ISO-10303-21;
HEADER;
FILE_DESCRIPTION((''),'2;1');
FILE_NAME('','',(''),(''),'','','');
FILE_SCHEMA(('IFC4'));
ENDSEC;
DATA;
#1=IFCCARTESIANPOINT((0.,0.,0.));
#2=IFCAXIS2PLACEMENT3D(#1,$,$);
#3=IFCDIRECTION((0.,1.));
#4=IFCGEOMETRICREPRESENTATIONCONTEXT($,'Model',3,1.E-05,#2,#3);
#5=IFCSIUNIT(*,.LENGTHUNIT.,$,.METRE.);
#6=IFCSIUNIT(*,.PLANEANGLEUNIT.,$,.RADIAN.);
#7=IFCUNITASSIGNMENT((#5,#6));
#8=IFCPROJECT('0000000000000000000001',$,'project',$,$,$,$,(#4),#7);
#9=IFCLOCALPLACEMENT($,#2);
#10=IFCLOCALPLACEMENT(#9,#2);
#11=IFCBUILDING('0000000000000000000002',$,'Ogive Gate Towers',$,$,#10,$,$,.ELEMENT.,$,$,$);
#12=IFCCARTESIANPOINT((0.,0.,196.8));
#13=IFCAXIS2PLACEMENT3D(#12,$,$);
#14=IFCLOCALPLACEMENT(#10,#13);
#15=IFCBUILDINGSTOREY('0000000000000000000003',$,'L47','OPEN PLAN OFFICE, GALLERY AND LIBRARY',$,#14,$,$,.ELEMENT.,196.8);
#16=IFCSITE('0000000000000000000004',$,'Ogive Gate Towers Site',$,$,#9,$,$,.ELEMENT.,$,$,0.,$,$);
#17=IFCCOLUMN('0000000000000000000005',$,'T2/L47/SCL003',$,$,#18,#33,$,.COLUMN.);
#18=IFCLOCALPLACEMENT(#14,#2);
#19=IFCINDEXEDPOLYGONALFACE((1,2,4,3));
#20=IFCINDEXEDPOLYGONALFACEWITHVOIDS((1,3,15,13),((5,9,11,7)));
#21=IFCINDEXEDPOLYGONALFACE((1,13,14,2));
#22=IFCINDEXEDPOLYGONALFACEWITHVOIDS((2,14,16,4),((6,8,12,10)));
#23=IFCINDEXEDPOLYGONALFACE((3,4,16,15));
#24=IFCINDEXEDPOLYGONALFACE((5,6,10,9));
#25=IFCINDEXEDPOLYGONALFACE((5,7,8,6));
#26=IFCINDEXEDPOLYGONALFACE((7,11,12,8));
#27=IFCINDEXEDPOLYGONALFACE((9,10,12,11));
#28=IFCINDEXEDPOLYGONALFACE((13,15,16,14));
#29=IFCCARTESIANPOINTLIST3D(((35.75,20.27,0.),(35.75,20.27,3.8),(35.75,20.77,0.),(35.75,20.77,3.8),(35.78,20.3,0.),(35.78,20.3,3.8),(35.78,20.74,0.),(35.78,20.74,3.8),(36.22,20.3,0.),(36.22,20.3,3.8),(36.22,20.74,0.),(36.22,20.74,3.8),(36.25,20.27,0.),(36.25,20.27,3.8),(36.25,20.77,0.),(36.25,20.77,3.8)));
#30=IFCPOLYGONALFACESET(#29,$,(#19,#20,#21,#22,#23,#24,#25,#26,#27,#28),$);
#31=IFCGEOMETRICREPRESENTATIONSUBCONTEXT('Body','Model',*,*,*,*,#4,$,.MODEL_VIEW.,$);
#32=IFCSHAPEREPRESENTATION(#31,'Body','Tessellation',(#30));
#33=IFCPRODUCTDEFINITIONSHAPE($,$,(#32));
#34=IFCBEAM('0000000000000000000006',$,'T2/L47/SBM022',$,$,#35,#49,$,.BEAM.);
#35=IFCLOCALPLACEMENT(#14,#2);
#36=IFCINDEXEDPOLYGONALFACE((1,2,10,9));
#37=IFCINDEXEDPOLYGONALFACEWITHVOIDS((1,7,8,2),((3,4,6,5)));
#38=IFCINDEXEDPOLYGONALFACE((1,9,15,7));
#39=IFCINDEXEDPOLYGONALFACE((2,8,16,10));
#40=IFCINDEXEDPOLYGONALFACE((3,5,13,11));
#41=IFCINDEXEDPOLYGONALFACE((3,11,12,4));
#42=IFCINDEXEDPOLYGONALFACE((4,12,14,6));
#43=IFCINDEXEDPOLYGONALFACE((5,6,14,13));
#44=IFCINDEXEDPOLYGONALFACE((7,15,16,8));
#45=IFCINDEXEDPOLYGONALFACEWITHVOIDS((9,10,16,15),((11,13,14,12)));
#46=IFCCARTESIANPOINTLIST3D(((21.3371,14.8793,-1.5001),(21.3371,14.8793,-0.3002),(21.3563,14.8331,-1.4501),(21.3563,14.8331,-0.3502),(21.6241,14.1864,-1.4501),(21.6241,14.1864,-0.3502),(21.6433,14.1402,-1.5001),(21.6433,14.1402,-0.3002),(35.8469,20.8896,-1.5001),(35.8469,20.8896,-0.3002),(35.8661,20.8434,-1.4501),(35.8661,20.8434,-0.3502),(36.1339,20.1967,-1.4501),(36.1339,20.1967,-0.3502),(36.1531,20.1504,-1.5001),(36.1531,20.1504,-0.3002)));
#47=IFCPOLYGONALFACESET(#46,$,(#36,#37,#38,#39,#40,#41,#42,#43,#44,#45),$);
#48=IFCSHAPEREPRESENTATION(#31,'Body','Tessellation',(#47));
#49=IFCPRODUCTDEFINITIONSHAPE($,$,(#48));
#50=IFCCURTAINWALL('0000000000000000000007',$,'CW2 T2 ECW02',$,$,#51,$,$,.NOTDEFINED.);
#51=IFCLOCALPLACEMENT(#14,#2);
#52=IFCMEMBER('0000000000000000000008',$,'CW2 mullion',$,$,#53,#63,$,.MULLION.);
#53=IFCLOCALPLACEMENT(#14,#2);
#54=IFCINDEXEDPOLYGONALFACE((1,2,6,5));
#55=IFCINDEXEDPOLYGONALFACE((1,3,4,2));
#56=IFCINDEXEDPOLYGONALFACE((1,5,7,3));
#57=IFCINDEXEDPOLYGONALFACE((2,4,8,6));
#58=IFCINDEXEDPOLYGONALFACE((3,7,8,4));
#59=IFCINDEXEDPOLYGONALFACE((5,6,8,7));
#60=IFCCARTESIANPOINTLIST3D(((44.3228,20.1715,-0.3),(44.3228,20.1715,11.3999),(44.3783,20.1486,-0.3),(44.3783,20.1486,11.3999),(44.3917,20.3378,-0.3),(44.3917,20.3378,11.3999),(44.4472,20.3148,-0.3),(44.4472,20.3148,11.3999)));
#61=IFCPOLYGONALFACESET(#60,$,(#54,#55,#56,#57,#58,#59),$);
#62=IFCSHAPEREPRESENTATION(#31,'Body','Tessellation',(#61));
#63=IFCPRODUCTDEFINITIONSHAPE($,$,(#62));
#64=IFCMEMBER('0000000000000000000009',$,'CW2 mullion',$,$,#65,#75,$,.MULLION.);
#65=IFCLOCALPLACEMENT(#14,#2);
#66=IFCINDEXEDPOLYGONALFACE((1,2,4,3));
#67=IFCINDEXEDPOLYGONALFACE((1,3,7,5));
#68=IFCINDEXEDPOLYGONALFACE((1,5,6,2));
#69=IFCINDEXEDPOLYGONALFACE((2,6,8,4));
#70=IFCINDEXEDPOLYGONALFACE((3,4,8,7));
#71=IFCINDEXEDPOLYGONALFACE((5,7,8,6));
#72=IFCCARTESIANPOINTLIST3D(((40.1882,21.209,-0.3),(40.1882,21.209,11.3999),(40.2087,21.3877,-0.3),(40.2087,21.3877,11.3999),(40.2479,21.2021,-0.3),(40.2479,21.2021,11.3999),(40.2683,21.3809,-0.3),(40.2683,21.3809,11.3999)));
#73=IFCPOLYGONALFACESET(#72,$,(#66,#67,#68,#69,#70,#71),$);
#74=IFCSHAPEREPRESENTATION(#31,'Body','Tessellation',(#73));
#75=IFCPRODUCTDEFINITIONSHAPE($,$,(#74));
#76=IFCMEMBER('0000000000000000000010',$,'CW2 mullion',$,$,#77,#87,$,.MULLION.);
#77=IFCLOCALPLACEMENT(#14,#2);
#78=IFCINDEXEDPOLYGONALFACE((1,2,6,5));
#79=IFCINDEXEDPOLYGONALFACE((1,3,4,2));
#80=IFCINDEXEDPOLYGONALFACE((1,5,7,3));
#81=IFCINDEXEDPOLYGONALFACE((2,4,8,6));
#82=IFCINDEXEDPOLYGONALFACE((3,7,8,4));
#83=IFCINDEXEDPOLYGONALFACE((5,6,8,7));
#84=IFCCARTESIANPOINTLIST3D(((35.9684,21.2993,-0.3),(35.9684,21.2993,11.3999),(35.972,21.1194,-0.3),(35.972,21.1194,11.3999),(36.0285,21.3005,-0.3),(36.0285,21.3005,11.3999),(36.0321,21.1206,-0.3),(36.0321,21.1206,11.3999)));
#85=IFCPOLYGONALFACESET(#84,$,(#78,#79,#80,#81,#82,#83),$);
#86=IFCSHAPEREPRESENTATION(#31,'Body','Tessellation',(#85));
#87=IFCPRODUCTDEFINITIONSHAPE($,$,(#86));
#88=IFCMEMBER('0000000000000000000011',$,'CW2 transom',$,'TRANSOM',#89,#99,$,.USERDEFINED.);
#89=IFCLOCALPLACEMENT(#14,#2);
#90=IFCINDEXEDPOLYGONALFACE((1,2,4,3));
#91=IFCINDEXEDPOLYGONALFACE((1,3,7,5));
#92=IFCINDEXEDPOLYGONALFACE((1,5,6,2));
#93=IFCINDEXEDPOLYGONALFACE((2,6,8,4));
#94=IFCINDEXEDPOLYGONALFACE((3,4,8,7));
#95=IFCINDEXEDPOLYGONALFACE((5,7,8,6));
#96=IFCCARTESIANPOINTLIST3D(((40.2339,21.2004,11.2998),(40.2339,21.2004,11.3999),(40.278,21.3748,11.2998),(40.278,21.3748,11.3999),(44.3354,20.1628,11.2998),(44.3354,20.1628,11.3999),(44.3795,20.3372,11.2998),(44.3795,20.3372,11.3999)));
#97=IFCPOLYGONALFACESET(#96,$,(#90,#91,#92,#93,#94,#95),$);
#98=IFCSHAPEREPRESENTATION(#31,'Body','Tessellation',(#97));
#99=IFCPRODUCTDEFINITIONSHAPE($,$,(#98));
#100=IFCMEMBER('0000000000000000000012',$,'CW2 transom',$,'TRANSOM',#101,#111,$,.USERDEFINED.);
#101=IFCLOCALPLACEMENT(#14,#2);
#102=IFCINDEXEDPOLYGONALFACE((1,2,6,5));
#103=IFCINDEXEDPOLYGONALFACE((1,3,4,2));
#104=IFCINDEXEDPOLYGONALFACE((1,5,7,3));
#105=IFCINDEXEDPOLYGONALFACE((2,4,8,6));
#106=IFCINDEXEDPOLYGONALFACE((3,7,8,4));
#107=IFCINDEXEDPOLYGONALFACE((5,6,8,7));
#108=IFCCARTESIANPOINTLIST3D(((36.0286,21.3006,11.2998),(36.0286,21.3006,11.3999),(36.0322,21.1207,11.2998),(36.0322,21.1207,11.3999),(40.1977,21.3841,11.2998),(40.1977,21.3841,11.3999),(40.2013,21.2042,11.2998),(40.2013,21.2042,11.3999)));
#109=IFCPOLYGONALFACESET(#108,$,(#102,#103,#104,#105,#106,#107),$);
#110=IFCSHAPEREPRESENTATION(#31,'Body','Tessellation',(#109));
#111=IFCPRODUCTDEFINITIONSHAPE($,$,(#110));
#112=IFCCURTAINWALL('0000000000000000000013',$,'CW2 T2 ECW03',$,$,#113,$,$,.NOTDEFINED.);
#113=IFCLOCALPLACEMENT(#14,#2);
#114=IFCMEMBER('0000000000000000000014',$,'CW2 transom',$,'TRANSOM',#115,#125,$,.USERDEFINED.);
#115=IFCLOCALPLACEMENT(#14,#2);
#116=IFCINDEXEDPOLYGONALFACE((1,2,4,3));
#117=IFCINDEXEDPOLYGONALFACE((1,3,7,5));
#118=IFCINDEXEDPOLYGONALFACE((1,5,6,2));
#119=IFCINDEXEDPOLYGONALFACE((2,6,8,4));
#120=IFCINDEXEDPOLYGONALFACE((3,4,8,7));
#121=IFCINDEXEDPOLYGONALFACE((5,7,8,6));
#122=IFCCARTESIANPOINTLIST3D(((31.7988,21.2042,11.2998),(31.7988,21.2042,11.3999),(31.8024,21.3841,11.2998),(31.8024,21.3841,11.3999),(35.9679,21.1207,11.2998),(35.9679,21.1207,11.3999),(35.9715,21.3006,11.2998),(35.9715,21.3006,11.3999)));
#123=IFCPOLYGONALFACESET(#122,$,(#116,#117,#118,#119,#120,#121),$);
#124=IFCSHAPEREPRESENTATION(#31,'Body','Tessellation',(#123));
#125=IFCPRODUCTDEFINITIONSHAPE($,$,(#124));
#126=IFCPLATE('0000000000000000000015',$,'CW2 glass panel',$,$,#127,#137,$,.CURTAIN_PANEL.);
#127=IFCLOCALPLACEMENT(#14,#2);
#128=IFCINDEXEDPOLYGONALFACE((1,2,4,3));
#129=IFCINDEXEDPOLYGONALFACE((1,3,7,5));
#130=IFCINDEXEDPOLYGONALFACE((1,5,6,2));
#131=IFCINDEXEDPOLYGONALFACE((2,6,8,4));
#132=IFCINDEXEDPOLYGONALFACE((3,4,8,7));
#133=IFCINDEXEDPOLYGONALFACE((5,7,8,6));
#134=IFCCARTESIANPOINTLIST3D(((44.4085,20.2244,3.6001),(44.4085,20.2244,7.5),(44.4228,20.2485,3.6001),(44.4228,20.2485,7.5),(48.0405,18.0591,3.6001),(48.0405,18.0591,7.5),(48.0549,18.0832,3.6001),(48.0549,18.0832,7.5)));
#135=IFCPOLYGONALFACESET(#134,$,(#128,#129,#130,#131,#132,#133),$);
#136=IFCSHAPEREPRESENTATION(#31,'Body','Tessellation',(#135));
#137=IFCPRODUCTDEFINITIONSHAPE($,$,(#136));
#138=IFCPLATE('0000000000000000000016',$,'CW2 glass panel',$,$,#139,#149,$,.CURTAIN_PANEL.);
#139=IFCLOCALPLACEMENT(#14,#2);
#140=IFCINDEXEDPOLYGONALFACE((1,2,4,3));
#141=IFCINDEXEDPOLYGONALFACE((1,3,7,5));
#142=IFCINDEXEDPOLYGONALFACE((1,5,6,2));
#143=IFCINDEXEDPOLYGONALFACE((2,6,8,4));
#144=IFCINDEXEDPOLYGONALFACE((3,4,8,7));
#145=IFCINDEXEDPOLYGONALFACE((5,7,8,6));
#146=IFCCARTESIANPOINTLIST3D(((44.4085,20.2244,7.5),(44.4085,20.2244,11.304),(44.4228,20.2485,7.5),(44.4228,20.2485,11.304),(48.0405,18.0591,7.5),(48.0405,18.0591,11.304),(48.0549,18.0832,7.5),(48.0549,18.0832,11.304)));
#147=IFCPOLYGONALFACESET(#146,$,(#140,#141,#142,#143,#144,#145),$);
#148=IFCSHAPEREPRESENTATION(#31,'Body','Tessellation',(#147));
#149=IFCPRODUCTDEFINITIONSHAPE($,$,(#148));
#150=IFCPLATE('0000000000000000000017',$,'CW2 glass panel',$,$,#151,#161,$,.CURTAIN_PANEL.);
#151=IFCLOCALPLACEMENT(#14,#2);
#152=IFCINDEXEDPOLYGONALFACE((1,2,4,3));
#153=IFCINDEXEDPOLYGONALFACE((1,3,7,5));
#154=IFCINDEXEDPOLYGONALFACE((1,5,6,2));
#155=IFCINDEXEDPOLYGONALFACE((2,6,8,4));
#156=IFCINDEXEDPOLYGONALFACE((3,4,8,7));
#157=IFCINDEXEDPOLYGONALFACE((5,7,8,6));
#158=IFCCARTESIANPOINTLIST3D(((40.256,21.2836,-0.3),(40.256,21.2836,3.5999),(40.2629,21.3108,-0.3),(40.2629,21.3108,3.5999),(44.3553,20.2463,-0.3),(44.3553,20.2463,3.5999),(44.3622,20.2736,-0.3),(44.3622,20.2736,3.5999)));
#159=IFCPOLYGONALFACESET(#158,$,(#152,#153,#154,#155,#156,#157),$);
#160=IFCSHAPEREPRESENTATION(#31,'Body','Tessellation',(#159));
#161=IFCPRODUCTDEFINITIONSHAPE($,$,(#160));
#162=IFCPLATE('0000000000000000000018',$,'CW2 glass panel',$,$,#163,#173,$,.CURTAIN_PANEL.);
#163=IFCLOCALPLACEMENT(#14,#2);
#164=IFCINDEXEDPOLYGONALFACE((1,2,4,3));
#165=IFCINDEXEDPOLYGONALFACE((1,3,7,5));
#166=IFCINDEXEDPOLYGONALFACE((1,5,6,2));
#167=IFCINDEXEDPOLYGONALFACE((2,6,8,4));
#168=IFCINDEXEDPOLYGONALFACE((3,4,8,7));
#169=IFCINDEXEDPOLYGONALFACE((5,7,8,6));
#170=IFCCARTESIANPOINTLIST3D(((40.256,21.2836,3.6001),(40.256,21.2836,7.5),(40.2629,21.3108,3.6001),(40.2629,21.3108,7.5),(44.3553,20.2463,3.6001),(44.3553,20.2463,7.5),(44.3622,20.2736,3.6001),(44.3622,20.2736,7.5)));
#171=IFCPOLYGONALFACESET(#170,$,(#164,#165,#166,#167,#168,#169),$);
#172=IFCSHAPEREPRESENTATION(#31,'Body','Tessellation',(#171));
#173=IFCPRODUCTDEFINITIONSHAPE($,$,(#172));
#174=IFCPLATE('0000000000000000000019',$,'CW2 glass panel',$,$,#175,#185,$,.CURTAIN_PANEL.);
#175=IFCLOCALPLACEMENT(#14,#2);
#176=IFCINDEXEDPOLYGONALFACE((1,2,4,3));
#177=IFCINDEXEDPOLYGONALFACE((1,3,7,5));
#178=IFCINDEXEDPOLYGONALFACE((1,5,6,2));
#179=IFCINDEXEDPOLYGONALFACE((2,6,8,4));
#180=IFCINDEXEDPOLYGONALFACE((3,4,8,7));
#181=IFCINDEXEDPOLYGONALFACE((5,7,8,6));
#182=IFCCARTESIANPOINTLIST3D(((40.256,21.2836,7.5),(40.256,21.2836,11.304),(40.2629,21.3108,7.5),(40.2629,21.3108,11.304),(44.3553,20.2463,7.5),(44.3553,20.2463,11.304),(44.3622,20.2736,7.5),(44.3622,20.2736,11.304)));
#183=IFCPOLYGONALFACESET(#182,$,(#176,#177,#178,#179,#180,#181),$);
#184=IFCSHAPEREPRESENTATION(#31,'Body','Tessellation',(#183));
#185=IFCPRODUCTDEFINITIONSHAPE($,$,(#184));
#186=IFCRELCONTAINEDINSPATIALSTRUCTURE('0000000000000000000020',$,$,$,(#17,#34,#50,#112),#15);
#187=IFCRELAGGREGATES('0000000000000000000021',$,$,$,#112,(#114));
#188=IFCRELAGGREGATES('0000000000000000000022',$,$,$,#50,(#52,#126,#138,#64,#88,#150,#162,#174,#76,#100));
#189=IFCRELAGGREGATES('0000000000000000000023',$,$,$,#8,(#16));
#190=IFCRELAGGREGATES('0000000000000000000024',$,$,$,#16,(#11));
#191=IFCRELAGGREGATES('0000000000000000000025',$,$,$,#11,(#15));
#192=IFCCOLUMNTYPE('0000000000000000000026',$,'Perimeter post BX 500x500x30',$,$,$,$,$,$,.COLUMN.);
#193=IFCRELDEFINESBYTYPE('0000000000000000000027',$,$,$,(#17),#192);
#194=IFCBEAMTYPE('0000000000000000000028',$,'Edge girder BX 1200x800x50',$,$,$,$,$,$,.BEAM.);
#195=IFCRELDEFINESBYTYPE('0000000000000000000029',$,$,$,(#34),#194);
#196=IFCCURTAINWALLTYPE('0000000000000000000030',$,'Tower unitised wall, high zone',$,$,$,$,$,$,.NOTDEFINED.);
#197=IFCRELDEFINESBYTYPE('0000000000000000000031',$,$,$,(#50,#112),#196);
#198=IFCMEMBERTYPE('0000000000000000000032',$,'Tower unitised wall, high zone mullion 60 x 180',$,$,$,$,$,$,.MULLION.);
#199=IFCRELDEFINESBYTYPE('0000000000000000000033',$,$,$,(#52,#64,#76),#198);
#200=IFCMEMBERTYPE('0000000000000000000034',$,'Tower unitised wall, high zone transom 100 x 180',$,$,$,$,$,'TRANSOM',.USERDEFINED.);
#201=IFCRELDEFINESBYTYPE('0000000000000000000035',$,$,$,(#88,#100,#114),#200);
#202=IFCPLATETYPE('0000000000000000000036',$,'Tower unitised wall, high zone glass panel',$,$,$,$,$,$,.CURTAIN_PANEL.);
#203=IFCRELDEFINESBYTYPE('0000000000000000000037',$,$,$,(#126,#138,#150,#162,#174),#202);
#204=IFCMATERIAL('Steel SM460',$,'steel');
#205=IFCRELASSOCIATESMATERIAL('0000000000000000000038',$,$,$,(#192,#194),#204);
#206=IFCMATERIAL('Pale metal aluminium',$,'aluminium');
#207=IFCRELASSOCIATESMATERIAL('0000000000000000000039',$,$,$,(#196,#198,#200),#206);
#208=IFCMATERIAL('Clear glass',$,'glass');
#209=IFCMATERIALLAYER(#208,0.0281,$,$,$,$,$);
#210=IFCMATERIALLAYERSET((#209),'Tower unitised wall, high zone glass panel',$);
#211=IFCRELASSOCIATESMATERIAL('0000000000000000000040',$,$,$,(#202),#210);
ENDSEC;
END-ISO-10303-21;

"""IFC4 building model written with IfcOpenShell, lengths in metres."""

from ifc_helpers import new_model, si_unit, direction, frame, origin, origin_2d, place, context, subcontext, project, spatial, rectangle, hollow_rectangle, extrude, material, layer, layer_set, material_profile, profile_set, type_object, element, aggregate, save


model = new_model("IFC4")

# Units and contexts
model_context = context("Model", 3, precision=1e-05, world=origin(), true_north=direction((0.0, 1.0)))
body_context = subcontext(model_context, "Body", "Model", "MODEL_VIEW")
ifc_project = project(units=[si_unit("LENGTHUNIT", "METRE"), si_unit("PLANEANGLEUNIT", "RADIAN")], contexts=[model_context])

# Site, building, storey
site_placement = place(None, origin())
site = spatial("IfcSite", under=ifc_project, at=site_placement, Name="Ogive Gate Towers Site", CompositionType="ELEMENT", RefElevation=0.0)
building_placement = place(site_placement, origin())
building = spatial("IfcBuilding", under=site, at=building_placement, Name="Ogive Gate Towers", CompositionType="ELEMENT")
storey_placement = place(building_placement, frame((0.0, 0.0, 196.8)))
storey = spatial("IfcBuildingStorey", under=building, at=storey_placement, Name="L47", Description="OPEN PLAN OFFICE, GALLERY AND LIBRARY", CompositionType="ELEMENT", Elevation=196.8)

# Column
ifc_material_1 = material(Name="Steel SM460", Category="steel")
ifc_material_profile_1 = material_profile(ifc_material_1, hollow_rectangle(XDim=0.5, YDim=0.5, WallThickness=0.03, at=origin_2d()), Name="BX 500x500x30")
ifc_profile_set_1 = profile_set([ifc_material_profile_1], Name="Steel SM460")
column_type = type_object("IfcColumnType", Name="Perimeter post BX 500x500x30", PredefinedType="COLUMN", material=ifc_profile_set_1)
column_placement = place(storey_placement, frame((36.0, 20.52, 0.0), z_axis=(0.0, 0.0, 1.0), x_axis=(1.0, 0.0, 0.0)))
element("IfcColumn", 1, at=column_placement, inside=storey, type_object=column_type, Name="T2/L47/SCL003", PredefinedType="COLUMN", context=body_context, shape_type="SweptSolid", body=[
    extrude(hollow_rectangle(XDim=0.5, YDim=0.5, WallThickness=0.03, at=origin_2d()), origin(), (0.0, 0.0, 1.0), 3.8),
])

# Beam
ifc_material_profile_2 = material_profile(ifc_material_1, hollow_rectangle(XDim=0.8, YDim=1.2, WallThickness=0.05, at=origin_2d()), Name="BX 1200x800x50")
ifc_profile_set_2 = profile_set([ifc_material_profile_2], Name="Steel SM460")
beam_type = type_object("IfcBeamType", Name="Edge girder BX 1200x800x50", PredefinedType="BEAM", material=ifc_profile_set_2)
beam_placement = place(storey_placement, frame((36.0, 20.52, -0.9001), z_axis=(-0.923877, -0.38269, 0.0), x_axis=(0.38269, -0.923877, 0.0)))
element("IfcBeam", 2, at=beam_placement, inside=storey, type_object=beam_type, Name="T2/L47/SBM022", PredefinedType="BEAM", context=body_context, shape_type="SweptSolid", body=[
    extrude(hollow_rectangle(XDim=0.8, YDim=1.2, WallThickness=0.05, at=origin_2d()), origin(), (0.0, 0.0, 1.0), 15.7053),
])

# Curtain wall, members
ifc_material_2 = material(Name="Pale metal aluminium", Category="aluminium")
curtain_wall_type = type_object("IfcCurtainWallType", Name="Tower unitised wall, high zone", PredefinedType="NOTDEFINED", material=ifc_material_2)
curtain_wall_1_placement = place(storey_placement, origin())
curtain_wall_1 = element("IfcCurtainWall", 3, at=curtain_wall_1_placement, inside=storey, type_object=curtain_wall_type, Name="CW2 T2 ECW02", PredefinedType="NOTDEFINED")
ifc_material_profile_3 = material_profile(ifc_material_2, rectangle(XDim=0.1799, YDim=0.0601, at=origin_2d()), Name="60 x 180 aluminium box")
ifc_profile_set_3 = profile_set([ifc_material_profile_3], Name="Pale metal aluminium")
member_type_1 = type_object("IfcMemberType", Name="Tower unitised wall, high zone mullion 60 x 180", PredefinedType="MULLION", material=ifc_profile_set_3)
member_1_placement = place(storey_placement, frame((44.385, 20.2432, -0.3), z_axis=(0.0, 0.0, 1.0), x_axis=(0.382683, 0.92388, 0.0)))
member_1 = element("IfcMember", 4, at=member_1_placement, type_object=member_type_1, Name="CW2 mullion", PredefinedType="MULLION", context=body_context, shape_type="SweptSolid", body=[
    extrude(rectangle(XDim=0.1799, YDim=0.0601, at=origin_2d()), origin(), (0.0, 0.0, 1.0), 11.7),
])
member_2_placement = place(storey_placement, frame((40.2283, 21.2949, -0.3), z_axis=(0.0, 0.0, 1.0), x_axis=(0.113637, 0.993522, 0.0)))
member_2 = element("IfcMember", 5, at=member_2_placement, type_object=member_type_1, Name="CW2 mullion", PredefinedType="MULLION", context=body_context, shape_type="SweptSolid", body=[
    extrude(rectangle(XDim=0.1799, YDim=0.0601, at=origin_2d()), origin(), (0.0, 0.0, 1.0), 11.7),
])
member_3_placement = place(storey_placement, frame((36.0002, 21.21, -0.3), z_axis=(0.0, 0.0, 1.0), x_axis=(-0.020052, 0.999799, 0.0)))
member_3 = element("IfcMember", 6, at=member_3_placement, type_object=member_type_1, Name="CW2 mullion", PredefinedType="MULLION", context=body_context, shape_type="SweptSolid", body=[
    extrude(rectangle(XDim=0.1799, YDim=0.0601, at=origin_2d()), origin(), (0.0, 0.0, 1.0), 11.7),
])
ifc_material_profile_4 = material_profile(ifc_material_2, rectangle(XDim=0.1799, YDim=0.1001, at=origin_2d()), Name="100 x 180 aluminium box")
ifc_profile_set_4 = profile_set([ifc_material_profile_4], Name="Pale metal aluminium")
member_type_2 = type_object("IfcMemberType", Name="Tower unitised wall, high zone transom 100 x 180", ElementType="TRANSOM", PredefinedType="USERDEFINED", material=ifc_profile_set_4)
member_4_placement = place(storey_placement, frame((44.3574, 20.25, 11.3499), z_axis=(-0.96946, 0.24525, 0.0), x_axis=(-0.24525, -0.96946, 0.0)))
member_4 = element("IfcMember", 7, at=member_4_placement, type_object=member_type_2, Name="CW2 transom", ObjectType="TRANSOM", PredefinedType="USERDEFINED", context=body_context, shape_type="SweptSolid", body=[
    extrude(rectangle(XDim=0.1799, YDim=0.1001, at=origin_2d()), origin(), (0.0, 0.0, 1.0), 4.2307),
])
member_5_placement = place(storey_placement, frame((40.1995, 21.2942, 11.3499), z_axis=(-0.9998, -0.020023, 0.0), x_axis=(0.020023, -0.9998, 0.0)))
member_5 = element("IfcMember", 8, at=member_5_placement, type_object=member_type_2, Name="CW2 transom", ObjectType="TRANSOM", PredefinedType="USERDEFINED", context=body_context, shape_type="SweptSolid", body=[
    extrude(rectangle(XDim=0.1799, YDim=0.1001, at=origin_2d()), origin(), (0.0, 0.0, 1.0), 4.1699),
])

# Curtain wall, member
curtain_wall_2_placement = place(storey_placement, origin())
curtain_wall_2 = element("IfcCurtainWall", 9, at=curtain_wall_2_placement, inside=storey, type_object=curtain_wall_type, Name="CW2 T2 ECW03", PredefinedType="NOTDEFINED")
member_6_placement = place(storey_placement, frame((35.9697, 21.2107, 11.3499), z_axis=(-0.9998, 0.020023, 0.0), x_axis=(-0.020023, -0.9998, 0.0)))
member_6 = element("IfcMember", 10, at=member_6_placement, type_object=member_type_2, Name="CW2 transom", ObjectType="TRANSOM", PredefinedType="USERDEFINED", context=body_context, shape_type="SweptSolid", body=[
    extrude(rectangle(XDim=0.1799, YDim=0.1001, at=origin_2d()), origin(), (0.0, 0.0, 1.0), 4.1699),
])
aggregate(curtain_wall_2, [member_6])

# Plates
ifc_material_3 = material(Name="Clear glass", Category="glass")
ifc_layer_1 = layer(ifc_material_3, 0.0281)
ifc_layer_set_1 = layer_set([ifc_layer_1], Name="Tower unitised wall, high zone glass panel")
plate_type = type_object("IfcPlateType", Name="Tower unitised wall, high zone glass panel", PredefinedType="CURTAIN_PANEL", material=ifc_layer_set_1)
plate_1_placement = place(storey_placement, frame((46.2317, 19.1538, 3.6001), z_axis=(0.0, 0.0, 1.0), x_axis=(-0.858951, 0.512058, 0.0)))
plate_1 = element("IfcPlate", 11, at=plate_1_placement, type_object=plate_type, Name="CW2 glass panel", PredefinedType="CURTAIN_PANEL", context=body_context, shape_type="SweptSolid", body=[
    extrude(rectangle(XDim=4.2285, YDim=0.0281, at=origin_2d()), origin(), (0.0, 0.0, 1.0), 3.8999),
])
plate_2_placement = place(storey_placement, frame((46.2317, 19.1538, 7.5), z_axis=(0.0, 0.0, 1.0), x_axis=(-0.858951, 0.512058, 0.0)))
plate_2 = element("IfcPlate", 12, at=plate_2_placement, type_object=plate_type, Name="CW2 glass panel", PredefinedType="CURTAIN_PANEL", context=body_context, shape_type="SweptSolid", body=[
    extrude(rectangle(XDim=4.2285, YDim=0.0281, at=origin_2d()), origin(), (0.0, 0.0, 1.0), 3.804),
])
plate_3_placement = place(storey_placement, frame((42.3091, 20.7786, -0.3), z_axis=(0.0, 0.0, 1.0), x_axis=(-0.96945, 0.24529, 0.0)))
plate_3 = element("IfcPlate", 13, at=plate_3_placement, type_object=plate_type, Name="CW2 glass panel", PredefinedType="CURTAIN_PANEL", context=body_context, shape_type="SweptSolid", body=[
    extrude(rectangle(XDim=4.2285, YDim=0.0281, at=origin_2d()), origin(), (0.0, 0.0, 1.0), 3.8999),
])
plate_4_placement = place(storey_placement, frame((42.3091, 20.7786, 3.6001), z_axis=(0.0, 0.0, 1.0), x_axis=(-0.96945, 0.24529, 0.0)))
plate_4 = element("IfcPlate", 14, at=plate_4_placement, type_object=plate_type, Name="CW2 glass panel", PredefinedType="CURTAIN_PANEL", context=body_context, shape_type="SweptSolid", body=[
    extrude(rectangle(XDim=4.2285, YDim=0.0281, at=origin_2d()), origin(), (0.0, 0.0, 1.0), 3.8999),
])
plate_5_placement = place(storey_placement, frame((42.3091, 20.7786, 7.5), z_axis=(0.0, 0.0, 1.0), x_axis=(-0.96945, 0.24529, 0.0)))
plate_5 = element("IfcPlate", 15, at=plate_5_placement, type_object=plate_type, Name="CW2 glass panel", PredefinedType="CURTAIN_PANEL", context=body_context, shape_type="SweptSolid", body=[
    extrude(rectangle(XDim=4.2285, YDim=0.0281, at=origin_2d()), origin(), (0.0, 0.0, 1.0), 3.804),
])
aggregate(curtain_wall_1, [member_1, plate_1, plate_2, member_2, member_4, plate_3, plate_4, plate_5, member_3, member_5])

save(model, "model.ifc")
